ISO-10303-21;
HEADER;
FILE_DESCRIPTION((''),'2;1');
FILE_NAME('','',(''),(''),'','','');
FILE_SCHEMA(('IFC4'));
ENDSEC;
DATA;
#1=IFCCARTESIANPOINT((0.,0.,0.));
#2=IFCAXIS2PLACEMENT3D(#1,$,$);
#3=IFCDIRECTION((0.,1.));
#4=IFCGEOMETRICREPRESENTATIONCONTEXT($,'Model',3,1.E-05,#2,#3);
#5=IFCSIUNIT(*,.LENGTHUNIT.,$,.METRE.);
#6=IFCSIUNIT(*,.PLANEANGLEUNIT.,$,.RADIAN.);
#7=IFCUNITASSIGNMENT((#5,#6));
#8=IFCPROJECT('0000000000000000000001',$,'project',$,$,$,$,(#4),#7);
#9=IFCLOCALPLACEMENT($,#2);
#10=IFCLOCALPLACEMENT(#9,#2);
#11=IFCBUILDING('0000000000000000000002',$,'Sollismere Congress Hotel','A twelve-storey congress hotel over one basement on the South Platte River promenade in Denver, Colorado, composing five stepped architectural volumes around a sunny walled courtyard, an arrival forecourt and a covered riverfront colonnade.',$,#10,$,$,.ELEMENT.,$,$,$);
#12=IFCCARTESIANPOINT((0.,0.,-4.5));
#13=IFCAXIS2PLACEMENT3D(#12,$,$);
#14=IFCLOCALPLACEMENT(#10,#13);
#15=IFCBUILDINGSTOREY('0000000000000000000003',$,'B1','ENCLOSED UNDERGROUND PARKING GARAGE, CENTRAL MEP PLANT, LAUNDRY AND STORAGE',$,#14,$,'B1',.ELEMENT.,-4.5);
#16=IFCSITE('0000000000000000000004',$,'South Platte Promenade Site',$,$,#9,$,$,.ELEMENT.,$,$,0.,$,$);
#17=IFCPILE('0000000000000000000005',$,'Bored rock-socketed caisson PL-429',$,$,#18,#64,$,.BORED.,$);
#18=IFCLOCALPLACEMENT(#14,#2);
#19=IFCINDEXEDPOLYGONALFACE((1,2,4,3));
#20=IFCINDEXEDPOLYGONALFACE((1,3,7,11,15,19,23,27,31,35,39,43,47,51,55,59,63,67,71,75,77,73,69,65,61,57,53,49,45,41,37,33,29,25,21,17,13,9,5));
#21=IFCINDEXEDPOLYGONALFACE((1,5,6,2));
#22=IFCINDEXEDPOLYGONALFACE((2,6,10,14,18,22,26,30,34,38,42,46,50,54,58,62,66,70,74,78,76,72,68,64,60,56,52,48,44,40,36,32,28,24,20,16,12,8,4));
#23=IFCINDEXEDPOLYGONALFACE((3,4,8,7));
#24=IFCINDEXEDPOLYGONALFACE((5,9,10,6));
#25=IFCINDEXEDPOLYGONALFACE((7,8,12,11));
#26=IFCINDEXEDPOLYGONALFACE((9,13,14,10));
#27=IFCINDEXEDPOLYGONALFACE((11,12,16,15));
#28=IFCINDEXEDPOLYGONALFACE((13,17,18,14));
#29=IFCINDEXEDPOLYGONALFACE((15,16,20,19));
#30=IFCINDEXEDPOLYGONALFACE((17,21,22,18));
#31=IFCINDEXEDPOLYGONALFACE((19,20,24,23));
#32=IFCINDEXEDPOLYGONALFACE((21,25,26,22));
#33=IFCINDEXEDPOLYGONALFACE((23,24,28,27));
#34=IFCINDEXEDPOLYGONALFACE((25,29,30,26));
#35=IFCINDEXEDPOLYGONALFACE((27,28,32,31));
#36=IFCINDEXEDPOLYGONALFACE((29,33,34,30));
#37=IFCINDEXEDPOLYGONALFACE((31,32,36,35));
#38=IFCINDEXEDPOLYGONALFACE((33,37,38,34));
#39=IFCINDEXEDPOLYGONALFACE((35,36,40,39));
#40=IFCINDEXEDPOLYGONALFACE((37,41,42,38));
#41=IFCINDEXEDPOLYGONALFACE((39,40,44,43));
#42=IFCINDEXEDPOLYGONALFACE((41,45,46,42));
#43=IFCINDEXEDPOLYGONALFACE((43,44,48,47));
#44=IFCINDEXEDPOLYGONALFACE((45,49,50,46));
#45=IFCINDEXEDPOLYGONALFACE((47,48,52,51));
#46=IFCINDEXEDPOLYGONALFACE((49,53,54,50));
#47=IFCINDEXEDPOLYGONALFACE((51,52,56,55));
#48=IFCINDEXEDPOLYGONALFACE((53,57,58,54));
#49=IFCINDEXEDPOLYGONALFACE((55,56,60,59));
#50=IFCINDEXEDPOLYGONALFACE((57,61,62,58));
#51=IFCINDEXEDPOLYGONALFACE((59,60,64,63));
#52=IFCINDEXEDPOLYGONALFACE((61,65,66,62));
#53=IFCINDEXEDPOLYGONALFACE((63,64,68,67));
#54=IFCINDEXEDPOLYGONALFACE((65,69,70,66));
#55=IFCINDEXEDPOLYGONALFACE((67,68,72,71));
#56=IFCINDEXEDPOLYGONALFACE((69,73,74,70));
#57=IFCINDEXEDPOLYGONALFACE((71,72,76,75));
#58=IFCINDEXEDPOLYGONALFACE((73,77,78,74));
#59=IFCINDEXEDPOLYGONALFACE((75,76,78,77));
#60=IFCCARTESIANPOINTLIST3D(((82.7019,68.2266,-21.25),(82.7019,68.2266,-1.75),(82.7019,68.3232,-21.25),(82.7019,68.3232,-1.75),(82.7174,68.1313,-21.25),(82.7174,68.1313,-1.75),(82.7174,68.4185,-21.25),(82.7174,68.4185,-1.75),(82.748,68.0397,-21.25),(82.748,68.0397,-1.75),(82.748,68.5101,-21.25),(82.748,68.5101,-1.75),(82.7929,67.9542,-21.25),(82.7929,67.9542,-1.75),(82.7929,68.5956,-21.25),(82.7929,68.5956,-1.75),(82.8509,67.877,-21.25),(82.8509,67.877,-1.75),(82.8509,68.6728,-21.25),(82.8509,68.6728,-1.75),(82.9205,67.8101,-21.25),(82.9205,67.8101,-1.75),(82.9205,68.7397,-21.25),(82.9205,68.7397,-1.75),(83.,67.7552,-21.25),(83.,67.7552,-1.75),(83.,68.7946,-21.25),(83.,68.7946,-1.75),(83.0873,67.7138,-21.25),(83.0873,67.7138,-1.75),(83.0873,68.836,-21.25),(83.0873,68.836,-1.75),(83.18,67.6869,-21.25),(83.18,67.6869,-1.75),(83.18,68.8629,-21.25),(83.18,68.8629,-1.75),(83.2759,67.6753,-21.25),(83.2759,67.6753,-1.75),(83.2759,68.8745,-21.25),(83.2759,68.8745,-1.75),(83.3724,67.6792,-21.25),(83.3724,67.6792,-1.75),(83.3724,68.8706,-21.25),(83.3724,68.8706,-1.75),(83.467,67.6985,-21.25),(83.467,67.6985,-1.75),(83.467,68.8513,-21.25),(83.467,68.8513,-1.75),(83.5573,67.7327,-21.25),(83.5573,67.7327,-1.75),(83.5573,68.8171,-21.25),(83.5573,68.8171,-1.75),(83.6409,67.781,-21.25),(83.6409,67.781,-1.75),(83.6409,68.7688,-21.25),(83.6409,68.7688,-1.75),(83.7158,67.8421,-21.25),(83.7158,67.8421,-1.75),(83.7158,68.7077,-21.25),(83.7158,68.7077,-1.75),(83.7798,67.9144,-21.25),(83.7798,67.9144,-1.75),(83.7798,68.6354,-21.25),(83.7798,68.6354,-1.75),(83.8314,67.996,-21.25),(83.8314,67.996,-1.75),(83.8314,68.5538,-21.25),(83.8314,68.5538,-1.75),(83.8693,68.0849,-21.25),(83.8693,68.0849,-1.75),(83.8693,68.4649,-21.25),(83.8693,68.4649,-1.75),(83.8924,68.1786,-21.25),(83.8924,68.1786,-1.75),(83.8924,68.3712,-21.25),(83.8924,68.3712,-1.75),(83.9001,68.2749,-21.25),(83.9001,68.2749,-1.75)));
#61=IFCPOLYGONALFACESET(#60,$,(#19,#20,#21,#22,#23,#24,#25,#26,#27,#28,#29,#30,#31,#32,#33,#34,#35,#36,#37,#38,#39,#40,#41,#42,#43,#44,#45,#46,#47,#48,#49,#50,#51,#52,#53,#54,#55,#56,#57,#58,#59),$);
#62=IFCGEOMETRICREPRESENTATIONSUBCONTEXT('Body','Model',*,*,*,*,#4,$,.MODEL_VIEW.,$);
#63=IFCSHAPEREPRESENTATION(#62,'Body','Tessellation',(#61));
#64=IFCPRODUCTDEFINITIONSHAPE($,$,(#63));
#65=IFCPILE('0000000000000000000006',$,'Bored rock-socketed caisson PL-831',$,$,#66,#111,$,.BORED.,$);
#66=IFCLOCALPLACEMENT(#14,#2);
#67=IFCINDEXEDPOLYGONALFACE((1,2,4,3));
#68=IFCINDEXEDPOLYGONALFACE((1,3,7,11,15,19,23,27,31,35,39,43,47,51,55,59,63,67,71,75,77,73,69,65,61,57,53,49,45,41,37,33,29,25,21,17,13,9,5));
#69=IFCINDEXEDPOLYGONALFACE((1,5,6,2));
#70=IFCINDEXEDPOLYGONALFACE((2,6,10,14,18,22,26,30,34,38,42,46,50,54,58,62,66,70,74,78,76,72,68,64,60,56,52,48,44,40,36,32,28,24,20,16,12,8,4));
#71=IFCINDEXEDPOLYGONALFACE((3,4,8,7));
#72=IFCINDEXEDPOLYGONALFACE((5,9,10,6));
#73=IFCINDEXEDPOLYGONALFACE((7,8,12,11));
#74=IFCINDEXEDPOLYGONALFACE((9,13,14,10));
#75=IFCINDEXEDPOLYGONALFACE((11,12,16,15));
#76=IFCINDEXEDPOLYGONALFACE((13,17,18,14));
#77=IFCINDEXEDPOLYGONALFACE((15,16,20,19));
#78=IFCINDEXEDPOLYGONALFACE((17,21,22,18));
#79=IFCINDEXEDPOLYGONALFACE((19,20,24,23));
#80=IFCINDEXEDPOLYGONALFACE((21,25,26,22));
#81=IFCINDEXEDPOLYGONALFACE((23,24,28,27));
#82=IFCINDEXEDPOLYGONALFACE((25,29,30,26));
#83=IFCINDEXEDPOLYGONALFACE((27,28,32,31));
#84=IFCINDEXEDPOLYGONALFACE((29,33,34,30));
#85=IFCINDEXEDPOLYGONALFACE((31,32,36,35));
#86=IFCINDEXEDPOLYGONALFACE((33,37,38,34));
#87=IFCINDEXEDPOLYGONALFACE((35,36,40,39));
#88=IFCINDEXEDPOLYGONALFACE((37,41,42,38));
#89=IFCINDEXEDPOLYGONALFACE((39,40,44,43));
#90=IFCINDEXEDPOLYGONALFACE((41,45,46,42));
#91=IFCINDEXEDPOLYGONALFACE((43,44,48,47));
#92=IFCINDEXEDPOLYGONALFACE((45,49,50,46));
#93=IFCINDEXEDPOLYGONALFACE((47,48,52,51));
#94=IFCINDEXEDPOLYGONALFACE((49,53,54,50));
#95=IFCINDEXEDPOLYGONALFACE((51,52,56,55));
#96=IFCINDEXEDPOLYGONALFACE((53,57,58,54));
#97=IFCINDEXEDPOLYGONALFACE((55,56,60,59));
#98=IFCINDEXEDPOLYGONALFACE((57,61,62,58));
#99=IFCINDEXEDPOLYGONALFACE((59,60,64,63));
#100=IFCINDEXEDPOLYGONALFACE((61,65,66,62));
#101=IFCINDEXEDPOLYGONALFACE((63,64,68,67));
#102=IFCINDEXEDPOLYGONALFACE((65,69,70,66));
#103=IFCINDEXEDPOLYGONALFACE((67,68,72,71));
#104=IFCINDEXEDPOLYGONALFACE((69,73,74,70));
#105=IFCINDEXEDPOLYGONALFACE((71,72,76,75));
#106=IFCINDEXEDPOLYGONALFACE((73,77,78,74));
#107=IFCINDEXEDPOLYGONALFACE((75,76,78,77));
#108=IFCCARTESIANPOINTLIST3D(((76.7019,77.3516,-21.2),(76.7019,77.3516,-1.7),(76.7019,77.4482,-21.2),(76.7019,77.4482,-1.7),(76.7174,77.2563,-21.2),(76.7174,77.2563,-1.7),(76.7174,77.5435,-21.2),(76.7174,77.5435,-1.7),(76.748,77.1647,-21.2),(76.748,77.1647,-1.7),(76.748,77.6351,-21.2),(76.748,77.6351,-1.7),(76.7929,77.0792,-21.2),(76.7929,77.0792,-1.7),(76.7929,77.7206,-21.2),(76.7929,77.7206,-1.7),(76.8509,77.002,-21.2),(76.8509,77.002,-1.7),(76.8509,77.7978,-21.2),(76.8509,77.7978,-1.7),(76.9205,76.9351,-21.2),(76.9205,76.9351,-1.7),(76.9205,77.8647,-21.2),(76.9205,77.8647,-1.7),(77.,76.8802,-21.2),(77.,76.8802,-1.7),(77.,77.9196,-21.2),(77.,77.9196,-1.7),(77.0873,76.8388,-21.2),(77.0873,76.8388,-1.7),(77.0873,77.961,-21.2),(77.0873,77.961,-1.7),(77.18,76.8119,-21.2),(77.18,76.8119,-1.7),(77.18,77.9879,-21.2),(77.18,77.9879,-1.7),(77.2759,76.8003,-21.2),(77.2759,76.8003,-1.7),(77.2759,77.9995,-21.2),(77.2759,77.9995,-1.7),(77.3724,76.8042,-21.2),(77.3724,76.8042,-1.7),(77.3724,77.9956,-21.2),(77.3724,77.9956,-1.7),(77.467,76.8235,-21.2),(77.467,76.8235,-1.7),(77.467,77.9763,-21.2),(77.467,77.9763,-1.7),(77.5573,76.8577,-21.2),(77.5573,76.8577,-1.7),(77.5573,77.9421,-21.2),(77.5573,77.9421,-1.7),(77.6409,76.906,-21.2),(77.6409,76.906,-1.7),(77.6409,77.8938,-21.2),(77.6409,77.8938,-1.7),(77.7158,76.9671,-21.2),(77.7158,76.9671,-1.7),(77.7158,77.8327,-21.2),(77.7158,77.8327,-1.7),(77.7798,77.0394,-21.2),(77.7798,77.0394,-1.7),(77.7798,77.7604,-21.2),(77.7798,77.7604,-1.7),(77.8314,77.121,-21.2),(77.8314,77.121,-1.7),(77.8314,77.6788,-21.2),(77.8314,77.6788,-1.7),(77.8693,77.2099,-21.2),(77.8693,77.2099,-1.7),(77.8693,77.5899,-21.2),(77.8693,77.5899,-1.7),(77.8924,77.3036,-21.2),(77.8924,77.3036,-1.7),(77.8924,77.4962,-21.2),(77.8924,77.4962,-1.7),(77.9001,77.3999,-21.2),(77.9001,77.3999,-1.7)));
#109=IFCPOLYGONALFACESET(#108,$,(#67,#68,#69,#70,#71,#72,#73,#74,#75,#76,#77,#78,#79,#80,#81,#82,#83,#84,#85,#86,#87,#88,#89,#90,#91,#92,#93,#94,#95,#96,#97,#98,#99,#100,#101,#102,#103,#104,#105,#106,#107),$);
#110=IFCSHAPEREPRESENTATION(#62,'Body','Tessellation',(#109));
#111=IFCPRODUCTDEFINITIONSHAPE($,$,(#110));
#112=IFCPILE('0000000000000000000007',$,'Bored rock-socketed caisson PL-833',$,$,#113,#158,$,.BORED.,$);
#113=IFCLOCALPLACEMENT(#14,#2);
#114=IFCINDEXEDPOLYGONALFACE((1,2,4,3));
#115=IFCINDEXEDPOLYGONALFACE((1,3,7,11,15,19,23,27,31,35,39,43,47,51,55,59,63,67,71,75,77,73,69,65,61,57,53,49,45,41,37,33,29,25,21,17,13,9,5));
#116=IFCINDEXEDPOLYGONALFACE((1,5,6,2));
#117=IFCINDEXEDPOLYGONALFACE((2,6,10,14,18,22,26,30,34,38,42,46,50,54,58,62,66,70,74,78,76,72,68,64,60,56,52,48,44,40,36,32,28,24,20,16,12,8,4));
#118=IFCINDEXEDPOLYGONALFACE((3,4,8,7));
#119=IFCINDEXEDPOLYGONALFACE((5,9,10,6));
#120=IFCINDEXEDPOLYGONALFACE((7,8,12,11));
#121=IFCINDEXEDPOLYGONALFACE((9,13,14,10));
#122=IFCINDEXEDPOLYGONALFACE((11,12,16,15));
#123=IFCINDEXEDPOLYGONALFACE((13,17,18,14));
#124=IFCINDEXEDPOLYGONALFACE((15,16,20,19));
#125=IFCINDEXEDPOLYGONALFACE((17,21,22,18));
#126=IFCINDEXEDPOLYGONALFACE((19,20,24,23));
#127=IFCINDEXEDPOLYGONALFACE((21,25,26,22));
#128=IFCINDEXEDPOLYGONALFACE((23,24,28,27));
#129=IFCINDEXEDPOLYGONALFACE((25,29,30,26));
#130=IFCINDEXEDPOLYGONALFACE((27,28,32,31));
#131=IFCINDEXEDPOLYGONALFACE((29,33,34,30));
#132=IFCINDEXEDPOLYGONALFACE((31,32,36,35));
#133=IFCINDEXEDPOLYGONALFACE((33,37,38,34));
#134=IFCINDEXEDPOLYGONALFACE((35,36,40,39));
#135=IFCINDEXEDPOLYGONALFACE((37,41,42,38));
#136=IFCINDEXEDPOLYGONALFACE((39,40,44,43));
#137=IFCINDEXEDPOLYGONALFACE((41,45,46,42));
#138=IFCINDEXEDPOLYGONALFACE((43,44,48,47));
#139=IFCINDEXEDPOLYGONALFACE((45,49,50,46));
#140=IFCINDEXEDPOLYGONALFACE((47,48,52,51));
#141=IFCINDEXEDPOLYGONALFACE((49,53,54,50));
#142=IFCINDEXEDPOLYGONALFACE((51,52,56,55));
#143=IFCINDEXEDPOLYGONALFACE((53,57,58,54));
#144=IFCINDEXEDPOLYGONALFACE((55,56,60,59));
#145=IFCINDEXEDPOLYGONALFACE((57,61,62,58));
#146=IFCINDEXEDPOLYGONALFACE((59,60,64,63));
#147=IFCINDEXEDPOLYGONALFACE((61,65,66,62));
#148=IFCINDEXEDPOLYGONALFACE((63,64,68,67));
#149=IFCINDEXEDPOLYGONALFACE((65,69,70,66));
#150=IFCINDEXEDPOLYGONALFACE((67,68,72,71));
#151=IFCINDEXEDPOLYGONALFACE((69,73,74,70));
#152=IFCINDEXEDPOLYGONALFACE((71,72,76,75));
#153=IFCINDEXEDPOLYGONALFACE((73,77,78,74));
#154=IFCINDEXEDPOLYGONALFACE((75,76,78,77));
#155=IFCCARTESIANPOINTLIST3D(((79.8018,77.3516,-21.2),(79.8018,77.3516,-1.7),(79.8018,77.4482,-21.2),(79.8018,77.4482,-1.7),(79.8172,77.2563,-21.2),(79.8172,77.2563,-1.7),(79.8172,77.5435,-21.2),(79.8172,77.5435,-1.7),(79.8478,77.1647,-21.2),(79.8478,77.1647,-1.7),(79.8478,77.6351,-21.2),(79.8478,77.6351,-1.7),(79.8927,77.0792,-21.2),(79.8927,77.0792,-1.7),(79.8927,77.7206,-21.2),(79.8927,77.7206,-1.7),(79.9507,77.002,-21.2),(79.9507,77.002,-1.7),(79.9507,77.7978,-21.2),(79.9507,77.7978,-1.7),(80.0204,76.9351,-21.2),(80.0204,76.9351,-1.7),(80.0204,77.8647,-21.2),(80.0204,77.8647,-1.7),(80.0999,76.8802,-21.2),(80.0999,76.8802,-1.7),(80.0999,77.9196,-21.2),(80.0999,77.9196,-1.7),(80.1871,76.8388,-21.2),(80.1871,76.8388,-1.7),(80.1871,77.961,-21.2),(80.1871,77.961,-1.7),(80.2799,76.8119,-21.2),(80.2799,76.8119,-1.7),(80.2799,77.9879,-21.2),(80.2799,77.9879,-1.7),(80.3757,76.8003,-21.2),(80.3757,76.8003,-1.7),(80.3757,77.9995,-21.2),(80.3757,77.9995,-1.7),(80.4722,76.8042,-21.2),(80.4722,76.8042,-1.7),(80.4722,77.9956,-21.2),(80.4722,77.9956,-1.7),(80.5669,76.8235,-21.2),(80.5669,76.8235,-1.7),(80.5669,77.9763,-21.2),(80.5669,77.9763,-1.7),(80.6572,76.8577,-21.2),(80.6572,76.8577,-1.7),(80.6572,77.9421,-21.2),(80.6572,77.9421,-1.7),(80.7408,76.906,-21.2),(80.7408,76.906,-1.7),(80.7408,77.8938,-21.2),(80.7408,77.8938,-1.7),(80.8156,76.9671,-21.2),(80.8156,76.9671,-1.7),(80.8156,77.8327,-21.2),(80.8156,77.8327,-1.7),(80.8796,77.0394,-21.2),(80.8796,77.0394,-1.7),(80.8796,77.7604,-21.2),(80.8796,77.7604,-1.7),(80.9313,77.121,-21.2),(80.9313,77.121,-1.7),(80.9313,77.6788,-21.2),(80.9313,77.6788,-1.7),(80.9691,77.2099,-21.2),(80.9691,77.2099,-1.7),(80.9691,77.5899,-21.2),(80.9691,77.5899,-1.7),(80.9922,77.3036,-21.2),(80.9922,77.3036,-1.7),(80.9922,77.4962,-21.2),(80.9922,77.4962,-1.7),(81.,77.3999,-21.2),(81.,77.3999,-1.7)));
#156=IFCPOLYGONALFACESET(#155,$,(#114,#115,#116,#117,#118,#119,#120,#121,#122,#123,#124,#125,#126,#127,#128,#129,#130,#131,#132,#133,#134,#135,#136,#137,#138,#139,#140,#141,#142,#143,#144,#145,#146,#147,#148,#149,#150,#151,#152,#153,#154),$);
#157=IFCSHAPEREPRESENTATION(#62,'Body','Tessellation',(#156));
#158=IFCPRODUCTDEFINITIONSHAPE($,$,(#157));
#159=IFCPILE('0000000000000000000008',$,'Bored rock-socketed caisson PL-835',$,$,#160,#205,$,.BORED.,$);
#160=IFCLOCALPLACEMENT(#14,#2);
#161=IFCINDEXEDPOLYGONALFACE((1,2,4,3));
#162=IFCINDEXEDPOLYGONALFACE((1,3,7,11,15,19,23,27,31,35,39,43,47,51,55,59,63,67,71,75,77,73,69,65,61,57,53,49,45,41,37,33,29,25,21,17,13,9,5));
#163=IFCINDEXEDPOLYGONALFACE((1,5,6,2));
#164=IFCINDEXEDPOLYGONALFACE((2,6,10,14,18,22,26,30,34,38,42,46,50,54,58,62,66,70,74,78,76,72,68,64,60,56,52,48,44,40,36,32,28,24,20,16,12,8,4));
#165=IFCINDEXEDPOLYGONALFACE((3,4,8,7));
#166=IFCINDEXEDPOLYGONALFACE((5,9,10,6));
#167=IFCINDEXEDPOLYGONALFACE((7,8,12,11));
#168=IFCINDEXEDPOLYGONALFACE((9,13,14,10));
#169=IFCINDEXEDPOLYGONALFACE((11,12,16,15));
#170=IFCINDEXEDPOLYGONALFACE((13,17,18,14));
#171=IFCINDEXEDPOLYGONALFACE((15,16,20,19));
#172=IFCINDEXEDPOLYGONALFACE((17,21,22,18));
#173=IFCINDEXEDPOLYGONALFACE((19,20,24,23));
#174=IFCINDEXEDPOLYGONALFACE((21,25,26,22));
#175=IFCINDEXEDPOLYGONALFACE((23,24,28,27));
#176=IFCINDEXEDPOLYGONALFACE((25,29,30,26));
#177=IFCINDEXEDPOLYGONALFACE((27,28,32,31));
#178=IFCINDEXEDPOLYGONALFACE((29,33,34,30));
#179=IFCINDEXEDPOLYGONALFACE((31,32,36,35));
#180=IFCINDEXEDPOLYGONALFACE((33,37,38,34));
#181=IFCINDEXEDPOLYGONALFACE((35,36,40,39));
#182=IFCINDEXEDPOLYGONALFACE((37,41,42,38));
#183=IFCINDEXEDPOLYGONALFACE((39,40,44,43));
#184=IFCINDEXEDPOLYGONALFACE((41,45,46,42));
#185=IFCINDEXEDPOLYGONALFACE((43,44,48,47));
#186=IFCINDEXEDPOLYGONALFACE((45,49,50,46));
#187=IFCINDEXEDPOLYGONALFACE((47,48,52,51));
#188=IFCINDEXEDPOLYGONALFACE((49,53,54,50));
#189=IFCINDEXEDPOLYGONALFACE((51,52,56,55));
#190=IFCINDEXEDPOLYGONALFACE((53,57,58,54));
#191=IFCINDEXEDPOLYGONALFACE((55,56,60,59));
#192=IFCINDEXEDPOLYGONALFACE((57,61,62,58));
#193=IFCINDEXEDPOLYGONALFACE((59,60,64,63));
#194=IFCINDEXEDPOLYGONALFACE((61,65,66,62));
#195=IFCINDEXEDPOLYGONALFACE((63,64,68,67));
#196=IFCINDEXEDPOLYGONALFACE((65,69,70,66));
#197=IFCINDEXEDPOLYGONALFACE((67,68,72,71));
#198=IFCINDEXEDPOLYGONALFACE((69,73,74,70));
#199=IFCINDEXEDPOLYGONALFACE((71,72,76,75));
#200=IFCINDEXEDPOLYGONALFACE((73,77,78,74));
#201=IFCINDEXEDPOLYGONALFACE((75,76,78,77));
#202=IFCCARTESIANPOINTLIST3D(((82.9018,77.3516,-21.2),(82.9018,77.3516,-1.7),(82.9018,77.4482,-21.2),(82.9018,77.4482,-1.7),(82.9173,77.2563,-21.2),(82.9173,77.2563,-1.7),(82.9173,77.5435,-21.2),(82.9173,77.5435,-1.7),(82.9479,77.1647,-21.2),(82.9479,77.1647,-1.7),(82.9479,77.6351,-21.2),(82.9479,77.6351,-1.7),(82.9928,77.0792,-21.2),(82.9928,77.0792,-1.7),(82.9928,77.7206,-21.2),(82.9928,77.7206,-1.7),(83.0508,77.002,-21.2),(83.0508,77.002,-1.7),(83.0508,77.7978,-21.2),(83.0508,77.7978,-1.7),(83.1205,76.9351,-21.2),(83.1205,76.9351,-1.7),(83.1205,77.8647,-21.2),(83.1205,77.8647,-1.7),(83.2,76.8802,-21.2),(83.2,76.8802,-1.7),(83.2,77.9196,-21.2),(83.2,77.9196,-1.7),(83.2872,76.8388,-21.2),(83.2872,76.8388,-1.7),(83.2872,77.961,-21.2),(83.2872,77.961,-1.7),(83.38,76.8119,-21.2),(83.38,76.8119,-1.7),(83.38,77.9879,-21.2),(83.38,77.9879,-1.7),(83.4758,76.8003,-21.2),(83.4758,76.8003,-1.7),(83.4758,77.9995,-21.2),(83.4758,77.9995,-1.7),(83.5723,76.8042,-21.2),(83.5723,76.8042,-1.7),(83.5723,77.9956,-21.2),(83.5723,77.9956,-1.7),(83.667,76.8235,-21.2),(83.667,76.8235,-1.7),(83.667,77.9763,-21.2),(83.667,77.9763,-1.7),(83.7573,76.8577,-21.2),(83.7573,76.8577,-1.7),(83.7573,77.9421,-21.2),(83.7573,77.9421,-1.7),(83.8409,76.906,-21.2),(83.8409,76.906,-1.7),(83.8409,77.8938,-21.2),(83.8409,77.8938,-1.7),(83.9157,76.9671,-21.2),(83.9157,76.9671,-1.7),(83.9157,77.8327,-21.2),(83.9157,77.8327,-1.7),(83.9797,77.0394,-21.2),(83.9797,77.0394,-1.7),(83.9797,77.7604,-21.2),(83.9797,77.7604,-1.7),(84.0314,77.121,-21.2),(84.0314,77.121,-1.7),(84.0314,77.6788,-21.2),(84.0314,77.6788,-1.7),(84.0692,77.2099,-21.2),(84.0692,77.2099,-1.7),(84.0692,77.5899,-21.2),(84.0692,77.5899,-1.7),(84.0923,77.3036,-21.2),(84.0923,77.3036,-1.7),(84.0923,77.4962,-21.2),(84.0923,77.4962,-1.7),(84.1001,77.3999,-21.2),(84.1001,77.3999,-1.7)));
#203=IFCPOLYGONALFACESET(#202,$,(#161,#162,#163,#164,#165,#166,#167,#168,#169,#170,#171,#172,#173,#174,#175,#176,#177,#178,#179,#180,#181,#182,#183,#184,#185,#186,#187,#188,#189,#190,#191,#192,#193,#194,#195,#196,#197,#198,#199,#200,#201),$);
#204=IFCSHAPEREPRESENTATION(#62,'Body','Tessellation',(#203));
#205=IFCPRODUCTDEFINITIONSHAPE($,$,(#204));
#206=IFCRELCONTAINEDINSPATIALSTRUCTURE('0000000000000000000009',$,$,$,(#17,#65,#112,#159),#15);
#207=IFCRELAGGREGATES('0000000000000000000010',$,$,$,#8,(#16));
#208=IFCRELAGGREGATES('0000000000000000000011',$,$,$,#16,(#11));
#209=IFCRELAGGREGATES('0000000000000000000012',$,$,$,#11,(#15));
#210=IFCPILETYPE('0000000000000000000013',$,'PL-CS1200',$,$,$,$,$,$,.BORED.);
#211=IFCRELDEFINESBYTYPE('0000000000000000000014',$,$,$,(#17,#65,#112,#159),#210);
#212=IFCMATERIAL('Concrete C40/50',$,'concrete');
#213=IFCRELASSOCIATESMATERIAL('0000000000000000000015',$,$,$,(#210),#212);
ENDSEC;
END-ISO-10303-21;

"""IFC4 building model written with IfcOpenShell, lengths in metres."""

from ifc_helpers import new_model, si_unit, direction, frame, origin, origin_2d, place, context, subcontext, project, spatial, circle, extrude, material, material_profile, profile_set, type_object, element, save


model = new_model("IFC4")

# Units and contexts
model_context = context("Model", 3, precision=1e-05, world=origin(), true_north=direction((0.0, 1.0)))
body_context = subcontext(model_context, "Body", "Model", "MODEL_VIEW")
ifc_project = project(units=[si_unit("LENGTHUNIT", "METRE"), si_unit("PLANEANGLEUNIT", "RADIAN")], contexts=[model_context])

# Site, building, storey
site_placement = place(None, origin())
site = spatial("IfcSite", under=ifc_project, at=site_placement, Name="South Platte Promenade Site", CompositionType="ELEMENT", RefElevation=0.0)
building_placement = place(site_placement, origin())
building = spatial("IfcBuilding", under=site, at=building_placement, Name="Sollismere Congress Hotel", Description="A twelve-storey congress hotel over one basement on the South Platte River promenade in Denver, Colorado, composing five stepped architectural volumes around a sunny walled courtyard, an arrival forecourt and a covered riverfront colonnade.", CompositionType="ELEMENT")
storey_placement = place(building_placement, frame((0.0, 0.0, -4.5)))
storey = spatial("IfcBuildingStorey", under=building, at=storey_placement, Name="B1", Description="ENCLOSED UNDERGROUND PARKING GARAGE, CENTRAL MEP PLANT, LAUNDRY AND STORAGE", LongName="B1", CompositionType="ELEMENT", Elevation=-4.5)

# Shared definitions
ifc_material_1 = material(Name="Concrete C40/50", Category="concrete")

# Piles
ifc_material_profile_1 = material_profile(ifc_material_1, circle(Radius=0.6001, at=origin_2d()), Name="CAISSON1200")
ifc_profile_set_1 = profile_set([ifc_material_profile_1], Name="Concrete C40/50")
pile_type = type_object("IfcPileType", Name="PL-CS1200", PredefinedType="BORED", material=ifc_profile_set_1)
for number, where, z_axis, x_axis, name in (
    (1, (83.3, 68.2749, -1.75), (0.0, 0.0, -1.0), (1.0, 0.0, 0.0), "Bored rock-socketed caisson PL-429"),
    (2, (77.3, 77.3999, -1.7), (0.0, 0.0, -1.0), (1.0, 0.0, 0.0), "Bored rock-socketed caisson PL-831"),
    (3, (80.3999, 77.3999, -1.7), (0.0, 0.0, -1.0), (1.0, 0.0, 0.0), "Bored rock-socketed caisson PL-833"),
    (4, (83.5, 77.3999, -1.7), (0.0, 0.0, -1.0), (1.0, 0.0, 0.0), "Bored rock-socketed caisson PL-835"),
):
    element("IfcPile", number, at=place(storey_placement, frame(where, z_axis=z_axis, x_axis=x_axis)), inside=storey, type_object=pile_type, Name=name, PredefinedType="BORED", context=body_context, shape_type="SweptSolid", body=[
        extrude(circle(Radius=0.6001, at=origin_2d()), origin(), (0.0, 0.0, 1.0), 19.5),
    ])

save(model, "model.ifc")
